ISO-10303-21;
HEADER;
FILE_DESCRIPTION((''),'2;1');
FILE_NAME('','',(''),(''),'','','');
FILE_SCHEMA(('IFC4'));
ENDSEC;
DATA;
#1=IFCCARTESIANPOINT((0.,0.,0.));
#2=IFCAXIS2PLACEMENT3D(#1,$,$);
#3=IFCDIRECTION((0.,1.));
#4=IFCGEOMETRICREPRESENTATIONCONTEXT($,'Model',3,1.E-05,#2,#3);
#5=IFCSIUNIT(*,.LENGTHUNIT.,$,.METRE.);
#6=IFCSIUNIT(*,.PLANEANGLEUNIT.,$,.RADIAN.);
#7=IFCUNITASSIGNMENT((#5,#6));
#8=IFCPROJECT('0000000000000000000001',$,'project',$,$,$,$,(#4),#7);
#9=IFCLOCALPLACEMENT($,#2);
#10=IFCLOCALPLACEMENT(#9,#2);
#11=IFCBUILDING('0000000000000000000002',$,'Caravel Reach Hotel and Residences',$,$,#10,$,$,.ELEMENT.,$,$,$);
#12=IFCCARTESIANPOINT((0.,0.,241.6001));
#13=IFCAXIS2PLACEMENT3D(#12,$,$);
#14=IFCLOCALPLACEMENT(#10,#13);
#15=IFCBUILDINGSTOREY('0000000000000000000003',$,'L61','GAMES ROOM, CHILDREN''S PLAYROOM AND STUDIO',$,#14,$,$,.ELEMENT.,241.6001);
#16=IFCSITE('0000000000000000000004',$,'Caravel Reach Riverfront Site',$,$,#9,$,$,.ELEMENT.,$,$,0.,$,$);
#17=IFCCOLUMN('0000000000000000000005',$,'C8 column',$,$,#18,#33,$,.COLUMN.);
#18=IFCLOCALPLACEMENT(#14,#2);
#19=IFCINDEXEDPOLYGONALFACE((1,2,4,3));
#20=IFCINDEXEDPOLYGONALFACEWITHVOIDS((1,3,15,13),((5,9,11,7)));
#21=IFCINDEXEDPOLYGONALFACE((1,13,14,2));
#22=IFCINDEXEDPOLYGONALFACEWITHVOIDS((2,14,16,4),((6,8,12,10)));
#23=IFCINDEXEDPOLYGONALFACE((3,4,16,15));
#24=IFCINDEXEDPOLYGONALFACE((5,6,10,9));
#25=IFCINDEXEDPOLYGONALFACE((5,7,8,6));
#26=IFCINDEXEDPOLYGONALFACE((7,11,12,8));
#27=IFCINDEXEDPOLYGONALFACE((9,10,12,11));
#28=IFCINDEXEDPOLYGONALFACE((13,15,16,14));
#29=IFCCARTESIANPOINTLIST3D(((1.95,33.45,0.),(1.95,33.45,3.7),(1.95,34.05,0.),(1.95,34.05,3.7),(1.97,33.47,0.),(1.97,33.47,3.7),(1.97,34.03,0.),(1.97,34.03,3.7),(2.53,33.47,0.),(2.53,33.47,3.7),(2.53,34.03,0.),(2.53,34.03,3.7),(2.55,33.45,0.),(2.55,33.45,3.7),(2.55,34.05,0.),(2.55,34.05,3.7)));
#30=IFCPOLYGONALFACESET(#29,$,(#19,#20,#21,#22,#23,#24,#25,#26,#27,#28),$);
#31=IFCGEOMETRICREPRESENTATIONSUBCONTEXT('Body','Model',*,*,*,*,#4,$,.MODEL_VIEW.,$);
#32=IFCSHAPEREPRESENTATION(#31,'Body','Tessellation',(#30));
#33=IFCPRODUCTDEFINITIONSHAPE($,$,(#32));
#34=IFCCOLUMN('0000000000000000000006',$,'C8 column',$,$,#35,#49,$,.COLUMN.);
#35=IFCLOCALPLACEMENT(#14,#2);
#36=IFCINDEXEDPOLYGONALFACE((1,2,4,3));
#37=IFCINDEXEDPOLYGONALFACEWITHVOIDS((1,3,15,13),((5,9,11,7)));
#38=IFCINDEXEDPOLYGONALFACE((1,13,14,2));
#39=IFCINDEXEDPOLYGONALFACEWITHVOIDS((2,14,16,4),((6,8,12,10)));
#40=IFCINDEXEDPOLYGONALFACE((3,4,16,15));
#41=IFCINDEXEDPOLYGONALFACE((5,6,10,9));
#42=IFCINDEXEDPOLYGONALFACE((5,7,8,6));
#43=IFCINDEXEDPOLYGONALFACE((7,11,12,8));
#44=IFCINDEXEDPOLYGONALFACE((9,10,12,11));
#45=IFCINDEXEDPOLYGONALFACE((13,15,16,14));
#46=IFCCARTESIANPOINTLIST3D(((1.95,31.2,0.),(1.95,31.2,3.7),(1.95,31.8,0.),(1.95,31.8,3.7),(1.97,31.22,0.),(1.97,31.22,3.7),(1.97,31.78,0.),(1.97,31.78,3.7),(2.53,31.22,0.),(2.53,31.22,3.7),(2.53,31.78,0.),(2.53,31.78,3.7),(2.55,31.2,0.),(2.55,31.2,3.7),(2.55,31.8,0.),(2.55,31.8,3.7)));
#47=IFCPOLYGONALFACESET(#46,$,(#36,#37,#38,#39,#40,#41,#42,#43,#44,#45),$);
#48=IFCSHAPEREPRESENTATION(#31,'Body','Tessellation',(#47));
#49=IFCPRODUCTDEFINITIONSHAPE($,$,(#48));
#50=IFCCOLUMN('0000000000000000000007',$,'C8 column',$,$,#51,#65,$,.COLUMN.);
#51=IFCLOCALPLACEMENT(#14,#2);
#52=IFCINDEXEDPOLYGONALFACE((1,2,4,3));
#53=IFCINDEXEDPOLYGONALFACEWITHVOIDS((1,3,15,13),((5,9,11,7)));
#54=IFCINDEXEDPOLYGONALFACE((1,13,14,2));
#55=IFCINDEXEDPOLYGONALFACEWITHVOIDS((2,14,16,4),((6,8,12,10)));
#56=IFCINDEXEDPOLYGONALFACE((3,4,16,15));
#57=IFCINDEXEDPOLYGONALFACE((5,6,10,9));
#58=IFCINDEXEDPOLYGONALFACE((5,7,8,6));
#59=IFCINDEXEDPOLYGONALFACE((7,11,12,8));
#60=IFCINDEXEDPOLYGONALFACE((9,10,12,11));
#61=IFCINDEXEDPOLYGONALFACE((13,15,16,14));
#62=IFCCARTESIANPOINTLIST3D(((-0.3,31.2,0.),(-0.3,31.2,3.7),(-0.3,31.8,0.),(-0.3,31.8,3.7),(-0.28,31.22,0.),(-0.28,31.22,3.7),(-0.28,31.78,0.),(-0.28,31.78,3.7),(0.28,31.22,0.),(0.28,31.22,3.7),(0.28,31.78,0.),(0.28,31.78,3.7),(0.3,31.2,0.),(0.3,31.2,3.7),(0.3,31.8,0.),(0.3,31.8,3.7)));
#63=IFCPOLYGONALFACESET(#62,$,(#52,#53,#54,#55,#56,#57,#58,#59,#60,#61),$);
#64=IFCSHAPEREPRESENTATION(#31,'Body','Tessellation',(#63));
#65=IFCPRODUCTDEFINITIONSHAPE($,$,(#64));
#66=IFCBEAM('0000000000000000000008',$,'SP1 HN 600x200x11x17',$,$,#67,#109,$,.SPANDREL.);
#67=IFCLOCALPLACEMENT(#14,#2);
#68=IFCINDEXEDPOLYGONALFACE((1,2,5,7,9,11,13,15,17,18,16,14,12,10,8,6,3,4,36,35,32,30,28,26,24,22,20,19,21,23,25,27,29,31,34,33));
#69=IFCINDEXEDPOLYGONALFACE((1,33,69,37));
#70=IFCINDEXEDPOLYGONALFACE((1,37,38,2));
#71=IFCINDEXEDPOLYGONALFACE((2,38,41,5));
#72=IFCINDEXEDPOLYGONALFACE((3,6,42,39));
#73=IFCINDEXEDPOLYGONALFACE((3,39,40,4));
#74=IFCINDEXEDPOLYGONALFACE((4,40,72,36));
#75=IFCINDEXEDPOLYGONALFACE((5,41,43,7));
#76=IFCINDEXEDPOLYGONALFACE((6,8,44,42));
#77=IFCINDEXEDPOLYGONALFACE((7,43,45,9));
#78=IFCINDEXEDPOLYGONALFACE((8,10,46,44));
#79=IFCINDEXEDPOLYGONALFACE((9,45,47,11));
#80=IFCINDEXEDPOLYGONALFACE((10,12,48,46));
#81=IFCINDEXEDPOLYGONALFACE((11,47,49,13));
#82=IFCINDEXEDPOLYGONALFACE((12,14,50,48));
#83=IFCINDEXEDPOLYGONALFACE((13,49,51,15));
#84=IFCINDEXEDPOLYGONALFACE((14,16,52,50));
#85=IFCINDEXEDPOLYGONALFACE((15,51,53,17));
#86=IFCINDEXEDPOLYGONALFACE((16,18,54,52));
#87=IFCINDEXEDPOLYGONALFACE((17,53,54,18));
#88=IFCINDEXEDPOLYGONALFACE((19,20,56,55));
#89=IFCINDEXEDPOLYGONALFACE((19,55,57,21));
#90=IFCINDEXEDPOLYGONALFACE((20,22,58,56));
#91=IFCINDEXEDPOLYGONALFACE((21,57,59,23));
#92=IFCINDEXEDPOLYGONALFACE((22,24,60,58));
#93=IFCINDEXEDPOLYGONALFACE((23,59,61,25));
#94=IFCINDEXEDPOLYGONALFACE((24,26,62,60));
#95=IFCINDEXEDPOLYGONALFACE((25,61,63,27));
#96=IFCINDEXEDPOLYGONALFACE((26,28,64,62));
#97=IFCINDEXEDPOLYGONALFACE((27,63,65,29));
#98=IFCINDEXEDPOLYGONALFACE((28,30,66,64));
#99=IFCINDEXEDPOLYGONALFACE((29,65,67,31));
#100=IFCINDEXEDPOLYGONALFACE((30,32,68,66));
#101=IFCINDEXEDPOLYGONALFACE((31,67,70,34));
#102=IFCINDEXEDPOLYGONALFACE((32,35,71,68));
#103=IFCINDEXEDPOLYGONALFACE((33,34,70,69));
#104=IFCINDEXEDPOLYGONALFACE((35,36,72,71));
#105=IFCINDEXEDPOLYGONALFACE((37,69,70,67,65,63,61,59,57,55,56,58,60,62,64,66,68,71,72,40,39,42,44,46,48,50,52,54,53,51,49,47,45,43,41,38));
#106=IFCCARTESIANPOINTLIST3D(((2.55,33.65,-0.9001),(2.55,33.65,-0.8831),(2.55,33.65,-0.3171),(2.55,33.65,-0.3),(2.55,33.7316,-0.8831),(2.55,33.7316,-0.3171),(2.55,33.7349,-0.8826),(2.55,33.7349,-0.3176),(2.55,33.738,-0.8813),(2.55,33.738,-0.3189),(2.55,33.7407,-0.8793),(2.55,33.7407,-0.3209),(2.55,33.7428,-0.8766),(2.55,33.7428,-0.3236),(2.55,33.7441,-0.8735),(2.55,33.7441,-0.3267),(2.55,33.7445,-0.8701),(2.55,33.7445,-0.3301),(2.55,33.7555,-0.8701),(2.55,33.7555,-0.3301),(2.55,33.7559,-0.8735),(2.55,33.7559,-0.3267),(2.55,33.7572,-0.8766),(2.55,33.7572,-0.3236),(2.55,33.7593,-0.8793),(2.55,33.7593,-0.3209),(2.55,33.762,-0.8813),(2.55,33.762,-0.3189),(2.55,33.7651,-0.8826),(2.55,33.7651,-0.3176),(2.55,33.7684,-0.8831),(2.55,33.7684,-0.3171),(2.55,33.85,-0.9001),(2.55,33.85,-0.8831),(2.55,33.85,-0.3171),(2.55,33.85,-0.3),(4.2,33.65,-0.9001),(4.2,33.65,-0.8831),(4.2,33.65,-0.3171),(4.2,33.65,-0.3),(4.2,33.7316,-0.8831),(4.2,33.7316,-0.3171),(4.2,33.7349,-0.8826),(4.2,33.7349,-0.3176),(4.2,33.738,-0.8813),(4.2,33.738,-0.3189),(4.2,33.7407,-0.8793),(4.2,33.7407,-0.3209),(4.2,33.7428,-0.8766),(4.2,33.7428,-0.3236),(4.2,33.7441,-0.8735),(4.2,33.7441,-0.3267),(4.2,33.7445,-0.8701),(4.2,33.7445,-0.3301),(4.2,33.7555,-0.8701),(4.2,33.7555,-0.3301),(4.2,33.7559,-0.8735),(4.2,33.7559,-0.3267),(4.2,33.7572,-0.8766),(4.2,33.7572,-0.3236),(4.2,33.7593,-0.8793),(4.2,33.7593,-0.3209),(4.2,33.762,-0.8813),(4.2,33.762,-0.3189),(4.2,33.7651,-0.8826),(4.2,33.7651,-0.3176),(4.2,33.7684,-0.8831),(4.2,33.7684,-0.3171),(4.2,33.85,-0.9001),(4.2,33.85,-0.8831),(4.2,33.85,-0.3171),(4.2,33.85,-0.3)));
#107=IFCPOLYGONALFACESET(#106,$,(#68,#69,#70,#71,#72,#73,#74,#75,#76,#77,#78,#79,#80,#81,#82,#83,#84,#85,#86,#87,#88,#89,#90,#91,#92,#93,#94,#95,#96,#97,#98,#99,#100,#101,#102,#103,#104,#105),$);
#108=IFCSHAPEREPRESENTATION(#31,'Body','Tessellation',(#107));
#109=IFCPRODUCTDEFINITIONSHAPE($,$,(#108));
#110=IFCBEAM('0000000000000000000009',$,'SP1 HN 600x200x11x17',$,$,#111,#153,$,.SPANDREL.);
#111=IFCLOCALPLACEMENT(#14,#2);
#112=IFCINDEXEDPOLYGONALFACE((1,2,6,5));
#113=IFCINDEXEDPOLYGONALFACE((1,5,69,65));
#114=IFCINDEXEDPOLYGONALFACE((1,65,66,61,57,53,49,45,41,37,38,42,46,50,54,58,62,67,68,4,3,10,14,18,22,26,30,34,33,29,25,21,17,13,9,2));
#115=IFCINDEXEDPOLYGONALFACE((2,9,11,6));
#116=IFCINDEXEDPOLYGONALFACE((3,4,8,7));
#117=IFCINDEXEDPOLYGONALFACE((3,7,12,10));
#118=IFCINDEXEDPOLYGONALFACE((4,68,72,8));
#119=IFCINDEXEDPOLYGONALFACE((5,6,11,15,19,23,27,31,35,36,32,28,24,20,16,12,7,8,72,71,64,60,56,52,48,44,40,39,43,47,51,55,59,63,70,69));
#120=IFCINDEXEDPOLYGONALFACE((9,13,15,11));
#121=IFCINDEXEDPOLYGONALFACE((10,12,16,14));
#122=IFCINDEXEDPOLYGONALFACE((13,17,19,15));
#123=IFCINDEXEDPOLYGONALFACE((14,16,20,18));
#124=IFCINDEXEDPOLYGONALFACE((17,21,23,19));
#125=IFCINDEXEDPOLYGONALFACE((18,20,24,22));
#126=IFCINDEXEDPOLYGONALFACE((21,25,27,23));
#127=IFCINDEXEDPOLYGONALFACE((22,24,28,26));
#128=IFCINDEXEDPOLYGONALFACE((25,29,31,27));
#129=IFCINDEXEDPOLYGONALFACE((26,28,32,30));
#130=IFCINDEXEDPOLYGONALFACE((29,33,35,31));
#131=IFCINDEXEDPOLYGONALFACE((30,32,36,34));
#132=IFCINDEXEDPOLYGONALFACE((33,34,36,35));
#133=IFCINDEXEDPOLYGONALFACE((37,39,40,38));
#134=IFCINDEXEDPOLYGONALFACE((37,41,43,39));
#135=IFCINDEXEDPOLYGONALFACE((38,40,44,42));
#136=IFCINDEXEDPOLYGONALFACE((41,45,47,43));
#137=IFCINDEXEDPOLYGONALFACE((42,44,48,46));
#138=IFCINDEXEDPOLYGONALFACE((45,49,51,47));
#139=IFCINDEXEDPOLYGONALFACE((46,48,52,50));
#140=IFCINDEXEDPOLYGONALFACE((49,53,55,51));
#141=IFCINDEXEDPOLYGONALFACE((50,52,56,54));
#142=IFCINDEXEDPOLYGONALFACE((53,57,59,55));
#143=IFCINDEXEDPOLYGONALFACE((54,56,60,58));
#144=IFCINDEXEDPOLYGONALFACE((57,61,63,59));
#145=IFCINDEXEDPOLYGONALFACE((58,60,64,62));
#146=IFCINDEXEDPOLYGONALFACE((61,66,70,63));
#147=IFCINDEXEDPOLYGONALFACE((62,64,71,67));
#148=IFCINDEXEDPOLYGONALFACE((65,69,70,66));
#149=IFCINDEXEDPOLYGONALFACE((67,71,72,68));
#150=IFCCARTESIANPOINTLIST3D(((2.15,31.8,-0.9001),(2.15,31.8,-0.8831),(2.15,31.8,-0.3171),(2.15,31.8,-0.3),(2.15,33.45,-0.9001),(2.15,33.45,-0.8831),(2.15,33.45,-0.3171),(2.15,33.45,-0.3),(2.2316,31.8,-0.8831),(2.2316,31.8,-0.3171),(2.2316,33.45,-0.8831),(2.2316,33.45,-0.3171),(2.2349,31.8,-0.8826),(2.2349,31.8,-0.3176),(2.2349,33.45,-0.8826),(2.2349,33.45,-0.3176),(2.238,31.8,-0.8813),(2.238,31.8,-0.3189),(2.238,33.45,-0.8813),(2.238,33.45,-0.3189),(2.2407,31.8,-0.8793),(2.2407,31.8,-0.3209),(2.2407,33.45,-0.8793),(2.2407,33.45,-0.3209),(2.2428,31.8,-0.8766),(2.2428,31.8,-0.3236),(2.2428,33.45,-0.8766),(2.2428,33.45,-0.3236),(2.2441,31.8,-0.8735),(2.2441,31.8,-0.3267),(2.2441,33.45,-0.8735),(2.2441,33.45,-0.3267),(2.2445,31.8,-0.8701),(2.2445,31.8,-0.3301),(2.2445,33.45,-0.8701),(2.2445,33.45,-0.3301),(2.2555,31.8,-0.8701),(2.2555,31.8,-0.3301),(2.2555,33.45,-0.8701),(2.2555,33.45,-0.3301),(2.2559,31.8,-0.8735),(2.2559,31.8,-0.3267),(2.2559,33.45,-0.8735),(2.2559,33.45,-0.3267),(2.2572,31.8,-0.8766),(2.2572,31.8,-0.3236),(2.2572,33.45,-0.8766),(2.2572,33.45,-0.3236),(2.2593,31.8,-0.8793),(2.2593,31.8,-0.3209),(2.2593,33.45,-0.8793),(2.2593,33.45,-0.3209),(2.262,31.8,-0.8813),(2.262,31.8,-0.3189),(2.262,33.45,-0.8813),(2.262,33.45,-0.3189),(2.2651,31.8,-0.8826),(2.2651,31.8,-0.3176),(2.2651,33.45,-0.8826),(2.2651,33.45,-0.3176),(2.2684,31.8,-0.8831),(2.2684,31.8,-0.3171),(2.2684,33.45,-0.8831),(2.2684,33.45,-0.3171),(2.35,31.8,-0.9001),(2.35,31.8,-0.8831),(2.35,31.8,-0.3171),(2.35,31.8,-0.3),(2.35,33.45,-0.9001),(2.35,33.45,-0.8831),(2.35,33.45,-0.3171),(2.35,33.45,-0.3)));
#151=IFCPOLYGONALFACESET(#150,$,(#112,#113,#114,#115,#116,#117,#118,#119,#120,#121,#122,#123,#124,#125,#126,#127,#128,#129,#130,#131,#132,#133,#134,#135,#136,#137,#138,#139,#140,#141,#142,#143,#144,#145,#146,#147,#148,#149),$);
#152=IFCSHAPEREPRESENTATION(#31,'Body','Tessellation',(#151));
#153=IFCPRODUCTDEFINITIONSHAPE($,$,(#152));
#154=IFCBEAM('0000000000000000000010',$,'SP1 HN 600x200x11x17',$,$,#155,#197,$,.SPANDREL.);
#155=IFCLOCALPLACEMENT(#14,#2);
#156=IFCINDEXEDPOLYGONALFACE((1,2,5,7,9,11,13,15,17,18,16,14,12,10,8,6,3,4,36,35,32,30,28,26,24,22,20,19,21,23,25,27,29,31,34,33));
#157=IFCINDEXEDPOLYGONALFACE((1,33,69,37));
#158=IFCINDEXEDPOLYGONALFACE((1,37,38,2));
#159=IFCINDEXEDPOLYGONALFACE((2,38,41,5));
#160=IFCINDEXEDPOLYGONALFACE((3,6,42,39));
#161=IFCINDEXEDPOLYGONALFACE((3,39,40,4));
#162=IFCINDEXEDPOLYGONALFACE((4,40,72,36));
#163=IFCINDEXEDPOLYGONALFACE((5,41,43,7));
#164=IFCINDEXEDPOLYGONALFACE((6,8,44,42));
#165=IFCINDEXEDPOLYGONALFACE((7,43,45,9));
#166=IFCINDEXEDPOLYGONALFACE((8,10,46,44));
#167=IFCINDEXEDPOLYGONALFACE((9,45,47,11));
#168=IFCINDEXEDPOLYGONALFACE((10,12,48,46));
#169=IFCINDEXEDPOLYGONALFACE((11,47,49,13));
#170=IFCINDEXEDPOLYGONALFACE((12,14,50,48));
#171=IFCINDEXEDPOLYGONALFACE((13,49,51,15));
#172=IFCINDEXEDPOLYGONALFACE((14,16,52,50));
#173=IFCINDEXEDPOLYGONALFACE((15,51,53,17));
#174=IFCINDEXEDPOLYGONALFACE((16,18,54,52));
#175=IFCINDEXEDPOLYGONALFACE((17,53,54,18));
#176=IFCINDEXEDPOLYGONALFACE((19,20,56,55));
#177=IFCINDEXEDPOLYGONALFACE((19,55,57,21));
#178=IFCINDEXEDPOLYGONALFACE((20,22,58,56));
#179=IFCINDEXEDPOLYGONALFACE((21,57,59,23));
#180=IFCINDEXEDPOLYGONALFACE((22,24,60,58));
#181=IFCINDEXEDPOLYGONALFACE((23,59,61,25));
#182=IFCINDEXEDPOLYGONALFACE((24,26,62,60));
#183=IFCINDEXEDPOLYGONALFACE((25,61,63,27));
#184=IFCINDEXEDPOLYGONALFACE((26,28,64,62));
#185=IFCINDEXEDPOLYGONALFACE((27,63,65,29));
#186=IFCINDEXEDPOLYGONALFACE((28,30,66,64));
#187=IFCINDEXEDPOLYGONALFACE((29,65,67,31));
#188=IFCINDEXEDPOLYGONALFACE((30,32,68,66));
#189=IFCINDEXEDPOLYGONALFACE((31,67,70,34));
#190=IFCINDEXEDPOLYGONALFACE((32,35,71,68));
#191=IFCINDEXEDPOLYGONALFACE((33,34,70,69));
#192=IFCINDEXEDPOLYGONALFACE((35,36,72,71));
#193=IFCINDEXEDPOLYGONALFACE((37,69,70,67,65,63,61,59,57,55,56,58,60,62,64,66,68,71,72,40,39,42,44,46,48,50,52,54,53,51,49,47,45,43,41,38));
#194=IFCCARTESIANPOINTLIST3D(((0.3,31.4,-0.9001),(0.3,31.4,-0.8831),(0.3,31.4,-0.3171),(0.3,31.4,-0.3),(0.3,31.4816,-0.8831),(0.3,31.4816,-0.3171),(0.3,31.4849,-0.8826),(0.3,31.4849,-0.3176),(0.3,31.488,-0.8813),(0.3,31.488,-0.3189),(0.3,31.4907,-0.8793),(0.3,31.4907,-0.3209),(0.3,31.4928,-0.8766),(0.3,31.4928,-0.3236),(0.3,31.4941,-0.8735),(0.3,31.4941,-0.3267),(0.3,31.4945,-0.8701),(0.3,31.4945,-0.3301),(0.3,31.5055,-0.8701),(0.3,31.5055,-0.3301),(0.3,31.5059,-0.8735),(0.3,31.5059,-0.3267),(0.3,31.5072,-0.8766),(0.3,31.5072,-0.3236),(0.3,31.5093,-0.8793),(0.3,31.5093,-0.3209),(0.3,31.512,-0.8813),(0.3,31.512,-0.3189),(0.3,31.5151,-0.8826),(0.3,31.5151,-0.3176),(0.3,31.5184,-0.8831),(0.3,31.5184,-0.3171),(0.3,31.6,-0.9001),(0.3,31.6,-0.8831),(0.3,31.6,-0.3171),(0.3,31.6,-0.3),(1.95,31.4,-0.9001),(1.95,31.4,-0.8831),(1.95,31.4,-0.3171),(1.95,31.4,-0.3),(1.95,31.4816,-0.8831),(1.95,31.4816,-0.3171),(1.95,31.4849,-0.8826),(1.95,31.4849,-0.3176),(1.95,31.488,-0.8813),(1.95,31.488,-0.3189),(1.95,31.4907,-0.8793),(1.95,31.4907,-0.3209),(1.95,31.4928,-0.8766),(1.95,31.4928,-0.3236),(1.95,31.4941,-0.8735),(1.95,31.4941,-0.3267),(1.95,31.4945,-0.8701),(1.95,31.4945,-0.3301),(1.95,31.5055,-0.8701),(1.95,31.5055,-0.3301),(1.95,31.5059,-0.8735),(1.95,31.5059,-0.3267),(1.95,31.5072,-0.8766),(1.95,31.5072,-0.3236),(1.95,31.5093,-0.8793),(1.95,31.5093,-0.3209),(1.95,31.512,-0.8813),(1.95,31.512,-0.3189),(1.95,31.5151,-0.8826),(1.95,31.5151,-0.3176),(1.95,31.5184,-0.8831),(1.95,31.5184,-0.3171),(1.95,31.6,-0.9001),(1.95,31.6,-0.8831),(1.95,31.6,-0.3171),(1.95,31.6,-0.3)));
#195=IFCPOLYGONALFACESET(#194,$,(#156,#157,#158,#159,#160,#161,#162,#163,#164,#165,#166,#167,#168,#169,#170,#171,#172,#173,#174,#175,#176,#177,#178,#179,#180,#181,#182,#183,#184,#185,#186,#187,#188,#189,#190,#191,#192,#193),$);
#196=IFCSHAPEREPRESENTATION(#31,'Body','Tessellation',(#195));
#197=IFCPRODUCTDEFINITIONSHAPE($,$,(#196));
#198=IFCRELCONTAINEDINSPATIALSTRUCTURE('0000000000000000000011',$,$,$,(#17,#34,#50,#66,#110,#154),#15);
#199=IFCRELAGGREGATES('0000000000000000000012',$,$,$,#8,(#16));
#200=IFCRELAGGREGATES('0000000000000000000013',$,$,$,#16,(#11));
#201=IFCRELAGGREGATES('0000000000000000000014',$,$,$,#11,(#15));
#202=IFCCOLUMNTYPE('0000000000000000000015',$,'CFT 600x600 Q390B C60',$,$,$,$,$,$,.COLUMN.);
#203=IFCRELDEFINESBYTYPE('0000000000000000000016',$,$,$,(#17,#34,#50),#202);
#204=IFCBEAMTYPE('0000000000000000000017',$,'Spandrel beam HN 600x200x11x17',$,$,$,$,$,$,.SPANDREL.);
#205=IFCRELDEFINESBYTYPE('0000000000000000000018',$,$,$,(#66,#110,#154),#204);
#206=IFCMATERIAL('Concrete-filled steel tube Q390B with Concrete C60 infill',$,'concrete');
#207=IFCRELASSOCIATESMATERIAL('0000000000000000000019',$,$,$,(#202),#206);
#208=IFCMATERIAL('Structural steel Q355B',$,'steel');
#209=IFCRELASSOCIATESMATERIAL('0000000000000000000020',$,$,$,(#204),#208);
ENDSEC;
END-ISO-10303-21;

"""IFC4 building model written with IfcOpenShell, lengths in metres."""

from ifc_helpers import new_model, si_unit, direction, frame, origin, origin_2d, place, context, subcontext, project, spatial, hollow_rectangle, i_section, extrude, material, material_profile, profile_set, type_object, element, save


model = new_model("IFC4")

# Units and contexts
model_context = context("Model", 3, precision=1e-05, world=origin(), true_north=direction((0.0, 1.0)))
body_context = subcontext(model_context, "Body", "Model", "MODEL_VIEW")
ifc_project = project(units=[si_unit("LENGTHUNIT", "METRE"), si_unit("PLANEANGLEUNIT", "RADIAN")], contexts=[model_context])

# Site, building, storey
site_placement = place(None, origin())
site = spatial("IfcSite", under=ifc_project, at=site_placement, Name="Caravel Reach Riverfront Site", CompositionType="ELEMENT", RefElevation=0.0)
building_placement = place(site_placement, origin())
building = spatial("IfcBuilding", under=site, at=building_placement, Name="Caravel Reach Hotel and Residences", CompositionType="ELEMENT")
storey_placement = place(building_placement, frame((0.0, 0.0, 241.6001)))
storey = spatial("IfcBuildingStorey", under=building, at=storey_placement, Name="L61", Description="GAMES ROOM, CHILDREN'S PLAYROOM AND STUDIO", CompositionType="ELEMENT", Elevation=241.6001)

# Columns
ifc_material_1 = material(Name="Concrete-filled steel tube Q390B with Concrete C60 infill", Category="concrete")
ifc_material_profile_1 = material_profile(ifc_material_1, hollow_rectangle(XDim=0.6001, YDim=0.6001, WallThickness=0.02, at=origin_2d()), Name="RHS 600x600x20")
ifc_profile_set_1 = profile_set([ifc_material_profile_1], Name="Concrete-filled steel tube Q390B with Concrete C60 infill")
column_type = type_object("IfcColumnType", Name="CFT 600x600 Q390B C60", PredefinedType="COLUMN", material=ifc_profile_set_1)
for number, where, z_axis, x_axis, name in (
    (1, (2.25, 33.75, 0.0), (0.0, 0.0, 1.0), (1.0, 0.0, 0.0), "C8 column"),
    (2, (2.25, 31.5, 0.0), (0.0, 0.0, 1.0), (1.0, 0.0, 0.0), "C8 column"),
    (3, (0.0, 31.5, 0.0), (0.0, 0.0, 1.0), (1.0, 0.0, 0.0), "C8 column"),
):
    element("IfcColumn", number, at=place(storey_placement, frame(where, z_axis=z_axis, x_axis=x_axis)), inside=storey, type_object=column_type, Name=name, PredefinedType="COLUMN", context=body_context, shape_type="SweptSolid", body=[
        extrude(hollow_rectangle(XDim=0.6001, YDim=0.6001, WallThickness=0.02, at=origin_2d()), origin(), (0.0, 0.0, 1.0), 3.7),
    ])

# Beams
ifc_material_2 = material(Name="Structural steel Q355B", Category="steel")
ifc_material_profile_2 = material_profile(ifc_material_2, i_section(OverallWidth=0.2, OverallDepth=0.6001, WebThickness=0.011, FlangeThickness=0.0171, FilletRadius=0.0129, at=origin_2d()), Name="HN 600x200x11x17")
ifc_profile_set_2 = profile_set([ifc_material_profile_2], Name="Structural steel Q355B")
beam_type = type_object("IfcBeamType", Name="Spandrel beam HN 600x200x11x17", PredefinedType="SPANDREL", material=ifc_profile_set_2)
for number, where, z_axis, x_axis, name in (
    (4, (4.2, 33.75, -0.6001), (-1.0, 0.0, 0.0), (0.0, -1.0, 0.0), "SP1 HN 600x200x11x17"),
    (5, (2.25, 33.45, -0.6001), (0.0, -1.0, 0.0), (1.0, 0.0, 0.0), "SP1 HN 600x200x11x17"),
    (6, (1.95, 31.5, -0.6001), (-1.0, 0.0, 0.0), (0.0, -1.0, 0.0), "SP1 HN 600x200x11x17"),
):
    element("IfcBeam", number, at=place(storey_placement, frame(where, z_axis=z_axis, x_axis=x_axis)), inside=storey, type_object=beam_type, Name=name, PredefinedType="SPANDREL", context=body_context, shape_type="SweptSolid", body=[
        extrude(i_section(OverallWidth=0.2, OverallDepth=0.6001, WebThickness=0.011, FlangeThickness=0.0171, FilletRadius=0.0129, at=origin_2d()), origin(), (0.0, 0.0, 1.0), 1.6499),
    ])

save(model, "model.ifc")
